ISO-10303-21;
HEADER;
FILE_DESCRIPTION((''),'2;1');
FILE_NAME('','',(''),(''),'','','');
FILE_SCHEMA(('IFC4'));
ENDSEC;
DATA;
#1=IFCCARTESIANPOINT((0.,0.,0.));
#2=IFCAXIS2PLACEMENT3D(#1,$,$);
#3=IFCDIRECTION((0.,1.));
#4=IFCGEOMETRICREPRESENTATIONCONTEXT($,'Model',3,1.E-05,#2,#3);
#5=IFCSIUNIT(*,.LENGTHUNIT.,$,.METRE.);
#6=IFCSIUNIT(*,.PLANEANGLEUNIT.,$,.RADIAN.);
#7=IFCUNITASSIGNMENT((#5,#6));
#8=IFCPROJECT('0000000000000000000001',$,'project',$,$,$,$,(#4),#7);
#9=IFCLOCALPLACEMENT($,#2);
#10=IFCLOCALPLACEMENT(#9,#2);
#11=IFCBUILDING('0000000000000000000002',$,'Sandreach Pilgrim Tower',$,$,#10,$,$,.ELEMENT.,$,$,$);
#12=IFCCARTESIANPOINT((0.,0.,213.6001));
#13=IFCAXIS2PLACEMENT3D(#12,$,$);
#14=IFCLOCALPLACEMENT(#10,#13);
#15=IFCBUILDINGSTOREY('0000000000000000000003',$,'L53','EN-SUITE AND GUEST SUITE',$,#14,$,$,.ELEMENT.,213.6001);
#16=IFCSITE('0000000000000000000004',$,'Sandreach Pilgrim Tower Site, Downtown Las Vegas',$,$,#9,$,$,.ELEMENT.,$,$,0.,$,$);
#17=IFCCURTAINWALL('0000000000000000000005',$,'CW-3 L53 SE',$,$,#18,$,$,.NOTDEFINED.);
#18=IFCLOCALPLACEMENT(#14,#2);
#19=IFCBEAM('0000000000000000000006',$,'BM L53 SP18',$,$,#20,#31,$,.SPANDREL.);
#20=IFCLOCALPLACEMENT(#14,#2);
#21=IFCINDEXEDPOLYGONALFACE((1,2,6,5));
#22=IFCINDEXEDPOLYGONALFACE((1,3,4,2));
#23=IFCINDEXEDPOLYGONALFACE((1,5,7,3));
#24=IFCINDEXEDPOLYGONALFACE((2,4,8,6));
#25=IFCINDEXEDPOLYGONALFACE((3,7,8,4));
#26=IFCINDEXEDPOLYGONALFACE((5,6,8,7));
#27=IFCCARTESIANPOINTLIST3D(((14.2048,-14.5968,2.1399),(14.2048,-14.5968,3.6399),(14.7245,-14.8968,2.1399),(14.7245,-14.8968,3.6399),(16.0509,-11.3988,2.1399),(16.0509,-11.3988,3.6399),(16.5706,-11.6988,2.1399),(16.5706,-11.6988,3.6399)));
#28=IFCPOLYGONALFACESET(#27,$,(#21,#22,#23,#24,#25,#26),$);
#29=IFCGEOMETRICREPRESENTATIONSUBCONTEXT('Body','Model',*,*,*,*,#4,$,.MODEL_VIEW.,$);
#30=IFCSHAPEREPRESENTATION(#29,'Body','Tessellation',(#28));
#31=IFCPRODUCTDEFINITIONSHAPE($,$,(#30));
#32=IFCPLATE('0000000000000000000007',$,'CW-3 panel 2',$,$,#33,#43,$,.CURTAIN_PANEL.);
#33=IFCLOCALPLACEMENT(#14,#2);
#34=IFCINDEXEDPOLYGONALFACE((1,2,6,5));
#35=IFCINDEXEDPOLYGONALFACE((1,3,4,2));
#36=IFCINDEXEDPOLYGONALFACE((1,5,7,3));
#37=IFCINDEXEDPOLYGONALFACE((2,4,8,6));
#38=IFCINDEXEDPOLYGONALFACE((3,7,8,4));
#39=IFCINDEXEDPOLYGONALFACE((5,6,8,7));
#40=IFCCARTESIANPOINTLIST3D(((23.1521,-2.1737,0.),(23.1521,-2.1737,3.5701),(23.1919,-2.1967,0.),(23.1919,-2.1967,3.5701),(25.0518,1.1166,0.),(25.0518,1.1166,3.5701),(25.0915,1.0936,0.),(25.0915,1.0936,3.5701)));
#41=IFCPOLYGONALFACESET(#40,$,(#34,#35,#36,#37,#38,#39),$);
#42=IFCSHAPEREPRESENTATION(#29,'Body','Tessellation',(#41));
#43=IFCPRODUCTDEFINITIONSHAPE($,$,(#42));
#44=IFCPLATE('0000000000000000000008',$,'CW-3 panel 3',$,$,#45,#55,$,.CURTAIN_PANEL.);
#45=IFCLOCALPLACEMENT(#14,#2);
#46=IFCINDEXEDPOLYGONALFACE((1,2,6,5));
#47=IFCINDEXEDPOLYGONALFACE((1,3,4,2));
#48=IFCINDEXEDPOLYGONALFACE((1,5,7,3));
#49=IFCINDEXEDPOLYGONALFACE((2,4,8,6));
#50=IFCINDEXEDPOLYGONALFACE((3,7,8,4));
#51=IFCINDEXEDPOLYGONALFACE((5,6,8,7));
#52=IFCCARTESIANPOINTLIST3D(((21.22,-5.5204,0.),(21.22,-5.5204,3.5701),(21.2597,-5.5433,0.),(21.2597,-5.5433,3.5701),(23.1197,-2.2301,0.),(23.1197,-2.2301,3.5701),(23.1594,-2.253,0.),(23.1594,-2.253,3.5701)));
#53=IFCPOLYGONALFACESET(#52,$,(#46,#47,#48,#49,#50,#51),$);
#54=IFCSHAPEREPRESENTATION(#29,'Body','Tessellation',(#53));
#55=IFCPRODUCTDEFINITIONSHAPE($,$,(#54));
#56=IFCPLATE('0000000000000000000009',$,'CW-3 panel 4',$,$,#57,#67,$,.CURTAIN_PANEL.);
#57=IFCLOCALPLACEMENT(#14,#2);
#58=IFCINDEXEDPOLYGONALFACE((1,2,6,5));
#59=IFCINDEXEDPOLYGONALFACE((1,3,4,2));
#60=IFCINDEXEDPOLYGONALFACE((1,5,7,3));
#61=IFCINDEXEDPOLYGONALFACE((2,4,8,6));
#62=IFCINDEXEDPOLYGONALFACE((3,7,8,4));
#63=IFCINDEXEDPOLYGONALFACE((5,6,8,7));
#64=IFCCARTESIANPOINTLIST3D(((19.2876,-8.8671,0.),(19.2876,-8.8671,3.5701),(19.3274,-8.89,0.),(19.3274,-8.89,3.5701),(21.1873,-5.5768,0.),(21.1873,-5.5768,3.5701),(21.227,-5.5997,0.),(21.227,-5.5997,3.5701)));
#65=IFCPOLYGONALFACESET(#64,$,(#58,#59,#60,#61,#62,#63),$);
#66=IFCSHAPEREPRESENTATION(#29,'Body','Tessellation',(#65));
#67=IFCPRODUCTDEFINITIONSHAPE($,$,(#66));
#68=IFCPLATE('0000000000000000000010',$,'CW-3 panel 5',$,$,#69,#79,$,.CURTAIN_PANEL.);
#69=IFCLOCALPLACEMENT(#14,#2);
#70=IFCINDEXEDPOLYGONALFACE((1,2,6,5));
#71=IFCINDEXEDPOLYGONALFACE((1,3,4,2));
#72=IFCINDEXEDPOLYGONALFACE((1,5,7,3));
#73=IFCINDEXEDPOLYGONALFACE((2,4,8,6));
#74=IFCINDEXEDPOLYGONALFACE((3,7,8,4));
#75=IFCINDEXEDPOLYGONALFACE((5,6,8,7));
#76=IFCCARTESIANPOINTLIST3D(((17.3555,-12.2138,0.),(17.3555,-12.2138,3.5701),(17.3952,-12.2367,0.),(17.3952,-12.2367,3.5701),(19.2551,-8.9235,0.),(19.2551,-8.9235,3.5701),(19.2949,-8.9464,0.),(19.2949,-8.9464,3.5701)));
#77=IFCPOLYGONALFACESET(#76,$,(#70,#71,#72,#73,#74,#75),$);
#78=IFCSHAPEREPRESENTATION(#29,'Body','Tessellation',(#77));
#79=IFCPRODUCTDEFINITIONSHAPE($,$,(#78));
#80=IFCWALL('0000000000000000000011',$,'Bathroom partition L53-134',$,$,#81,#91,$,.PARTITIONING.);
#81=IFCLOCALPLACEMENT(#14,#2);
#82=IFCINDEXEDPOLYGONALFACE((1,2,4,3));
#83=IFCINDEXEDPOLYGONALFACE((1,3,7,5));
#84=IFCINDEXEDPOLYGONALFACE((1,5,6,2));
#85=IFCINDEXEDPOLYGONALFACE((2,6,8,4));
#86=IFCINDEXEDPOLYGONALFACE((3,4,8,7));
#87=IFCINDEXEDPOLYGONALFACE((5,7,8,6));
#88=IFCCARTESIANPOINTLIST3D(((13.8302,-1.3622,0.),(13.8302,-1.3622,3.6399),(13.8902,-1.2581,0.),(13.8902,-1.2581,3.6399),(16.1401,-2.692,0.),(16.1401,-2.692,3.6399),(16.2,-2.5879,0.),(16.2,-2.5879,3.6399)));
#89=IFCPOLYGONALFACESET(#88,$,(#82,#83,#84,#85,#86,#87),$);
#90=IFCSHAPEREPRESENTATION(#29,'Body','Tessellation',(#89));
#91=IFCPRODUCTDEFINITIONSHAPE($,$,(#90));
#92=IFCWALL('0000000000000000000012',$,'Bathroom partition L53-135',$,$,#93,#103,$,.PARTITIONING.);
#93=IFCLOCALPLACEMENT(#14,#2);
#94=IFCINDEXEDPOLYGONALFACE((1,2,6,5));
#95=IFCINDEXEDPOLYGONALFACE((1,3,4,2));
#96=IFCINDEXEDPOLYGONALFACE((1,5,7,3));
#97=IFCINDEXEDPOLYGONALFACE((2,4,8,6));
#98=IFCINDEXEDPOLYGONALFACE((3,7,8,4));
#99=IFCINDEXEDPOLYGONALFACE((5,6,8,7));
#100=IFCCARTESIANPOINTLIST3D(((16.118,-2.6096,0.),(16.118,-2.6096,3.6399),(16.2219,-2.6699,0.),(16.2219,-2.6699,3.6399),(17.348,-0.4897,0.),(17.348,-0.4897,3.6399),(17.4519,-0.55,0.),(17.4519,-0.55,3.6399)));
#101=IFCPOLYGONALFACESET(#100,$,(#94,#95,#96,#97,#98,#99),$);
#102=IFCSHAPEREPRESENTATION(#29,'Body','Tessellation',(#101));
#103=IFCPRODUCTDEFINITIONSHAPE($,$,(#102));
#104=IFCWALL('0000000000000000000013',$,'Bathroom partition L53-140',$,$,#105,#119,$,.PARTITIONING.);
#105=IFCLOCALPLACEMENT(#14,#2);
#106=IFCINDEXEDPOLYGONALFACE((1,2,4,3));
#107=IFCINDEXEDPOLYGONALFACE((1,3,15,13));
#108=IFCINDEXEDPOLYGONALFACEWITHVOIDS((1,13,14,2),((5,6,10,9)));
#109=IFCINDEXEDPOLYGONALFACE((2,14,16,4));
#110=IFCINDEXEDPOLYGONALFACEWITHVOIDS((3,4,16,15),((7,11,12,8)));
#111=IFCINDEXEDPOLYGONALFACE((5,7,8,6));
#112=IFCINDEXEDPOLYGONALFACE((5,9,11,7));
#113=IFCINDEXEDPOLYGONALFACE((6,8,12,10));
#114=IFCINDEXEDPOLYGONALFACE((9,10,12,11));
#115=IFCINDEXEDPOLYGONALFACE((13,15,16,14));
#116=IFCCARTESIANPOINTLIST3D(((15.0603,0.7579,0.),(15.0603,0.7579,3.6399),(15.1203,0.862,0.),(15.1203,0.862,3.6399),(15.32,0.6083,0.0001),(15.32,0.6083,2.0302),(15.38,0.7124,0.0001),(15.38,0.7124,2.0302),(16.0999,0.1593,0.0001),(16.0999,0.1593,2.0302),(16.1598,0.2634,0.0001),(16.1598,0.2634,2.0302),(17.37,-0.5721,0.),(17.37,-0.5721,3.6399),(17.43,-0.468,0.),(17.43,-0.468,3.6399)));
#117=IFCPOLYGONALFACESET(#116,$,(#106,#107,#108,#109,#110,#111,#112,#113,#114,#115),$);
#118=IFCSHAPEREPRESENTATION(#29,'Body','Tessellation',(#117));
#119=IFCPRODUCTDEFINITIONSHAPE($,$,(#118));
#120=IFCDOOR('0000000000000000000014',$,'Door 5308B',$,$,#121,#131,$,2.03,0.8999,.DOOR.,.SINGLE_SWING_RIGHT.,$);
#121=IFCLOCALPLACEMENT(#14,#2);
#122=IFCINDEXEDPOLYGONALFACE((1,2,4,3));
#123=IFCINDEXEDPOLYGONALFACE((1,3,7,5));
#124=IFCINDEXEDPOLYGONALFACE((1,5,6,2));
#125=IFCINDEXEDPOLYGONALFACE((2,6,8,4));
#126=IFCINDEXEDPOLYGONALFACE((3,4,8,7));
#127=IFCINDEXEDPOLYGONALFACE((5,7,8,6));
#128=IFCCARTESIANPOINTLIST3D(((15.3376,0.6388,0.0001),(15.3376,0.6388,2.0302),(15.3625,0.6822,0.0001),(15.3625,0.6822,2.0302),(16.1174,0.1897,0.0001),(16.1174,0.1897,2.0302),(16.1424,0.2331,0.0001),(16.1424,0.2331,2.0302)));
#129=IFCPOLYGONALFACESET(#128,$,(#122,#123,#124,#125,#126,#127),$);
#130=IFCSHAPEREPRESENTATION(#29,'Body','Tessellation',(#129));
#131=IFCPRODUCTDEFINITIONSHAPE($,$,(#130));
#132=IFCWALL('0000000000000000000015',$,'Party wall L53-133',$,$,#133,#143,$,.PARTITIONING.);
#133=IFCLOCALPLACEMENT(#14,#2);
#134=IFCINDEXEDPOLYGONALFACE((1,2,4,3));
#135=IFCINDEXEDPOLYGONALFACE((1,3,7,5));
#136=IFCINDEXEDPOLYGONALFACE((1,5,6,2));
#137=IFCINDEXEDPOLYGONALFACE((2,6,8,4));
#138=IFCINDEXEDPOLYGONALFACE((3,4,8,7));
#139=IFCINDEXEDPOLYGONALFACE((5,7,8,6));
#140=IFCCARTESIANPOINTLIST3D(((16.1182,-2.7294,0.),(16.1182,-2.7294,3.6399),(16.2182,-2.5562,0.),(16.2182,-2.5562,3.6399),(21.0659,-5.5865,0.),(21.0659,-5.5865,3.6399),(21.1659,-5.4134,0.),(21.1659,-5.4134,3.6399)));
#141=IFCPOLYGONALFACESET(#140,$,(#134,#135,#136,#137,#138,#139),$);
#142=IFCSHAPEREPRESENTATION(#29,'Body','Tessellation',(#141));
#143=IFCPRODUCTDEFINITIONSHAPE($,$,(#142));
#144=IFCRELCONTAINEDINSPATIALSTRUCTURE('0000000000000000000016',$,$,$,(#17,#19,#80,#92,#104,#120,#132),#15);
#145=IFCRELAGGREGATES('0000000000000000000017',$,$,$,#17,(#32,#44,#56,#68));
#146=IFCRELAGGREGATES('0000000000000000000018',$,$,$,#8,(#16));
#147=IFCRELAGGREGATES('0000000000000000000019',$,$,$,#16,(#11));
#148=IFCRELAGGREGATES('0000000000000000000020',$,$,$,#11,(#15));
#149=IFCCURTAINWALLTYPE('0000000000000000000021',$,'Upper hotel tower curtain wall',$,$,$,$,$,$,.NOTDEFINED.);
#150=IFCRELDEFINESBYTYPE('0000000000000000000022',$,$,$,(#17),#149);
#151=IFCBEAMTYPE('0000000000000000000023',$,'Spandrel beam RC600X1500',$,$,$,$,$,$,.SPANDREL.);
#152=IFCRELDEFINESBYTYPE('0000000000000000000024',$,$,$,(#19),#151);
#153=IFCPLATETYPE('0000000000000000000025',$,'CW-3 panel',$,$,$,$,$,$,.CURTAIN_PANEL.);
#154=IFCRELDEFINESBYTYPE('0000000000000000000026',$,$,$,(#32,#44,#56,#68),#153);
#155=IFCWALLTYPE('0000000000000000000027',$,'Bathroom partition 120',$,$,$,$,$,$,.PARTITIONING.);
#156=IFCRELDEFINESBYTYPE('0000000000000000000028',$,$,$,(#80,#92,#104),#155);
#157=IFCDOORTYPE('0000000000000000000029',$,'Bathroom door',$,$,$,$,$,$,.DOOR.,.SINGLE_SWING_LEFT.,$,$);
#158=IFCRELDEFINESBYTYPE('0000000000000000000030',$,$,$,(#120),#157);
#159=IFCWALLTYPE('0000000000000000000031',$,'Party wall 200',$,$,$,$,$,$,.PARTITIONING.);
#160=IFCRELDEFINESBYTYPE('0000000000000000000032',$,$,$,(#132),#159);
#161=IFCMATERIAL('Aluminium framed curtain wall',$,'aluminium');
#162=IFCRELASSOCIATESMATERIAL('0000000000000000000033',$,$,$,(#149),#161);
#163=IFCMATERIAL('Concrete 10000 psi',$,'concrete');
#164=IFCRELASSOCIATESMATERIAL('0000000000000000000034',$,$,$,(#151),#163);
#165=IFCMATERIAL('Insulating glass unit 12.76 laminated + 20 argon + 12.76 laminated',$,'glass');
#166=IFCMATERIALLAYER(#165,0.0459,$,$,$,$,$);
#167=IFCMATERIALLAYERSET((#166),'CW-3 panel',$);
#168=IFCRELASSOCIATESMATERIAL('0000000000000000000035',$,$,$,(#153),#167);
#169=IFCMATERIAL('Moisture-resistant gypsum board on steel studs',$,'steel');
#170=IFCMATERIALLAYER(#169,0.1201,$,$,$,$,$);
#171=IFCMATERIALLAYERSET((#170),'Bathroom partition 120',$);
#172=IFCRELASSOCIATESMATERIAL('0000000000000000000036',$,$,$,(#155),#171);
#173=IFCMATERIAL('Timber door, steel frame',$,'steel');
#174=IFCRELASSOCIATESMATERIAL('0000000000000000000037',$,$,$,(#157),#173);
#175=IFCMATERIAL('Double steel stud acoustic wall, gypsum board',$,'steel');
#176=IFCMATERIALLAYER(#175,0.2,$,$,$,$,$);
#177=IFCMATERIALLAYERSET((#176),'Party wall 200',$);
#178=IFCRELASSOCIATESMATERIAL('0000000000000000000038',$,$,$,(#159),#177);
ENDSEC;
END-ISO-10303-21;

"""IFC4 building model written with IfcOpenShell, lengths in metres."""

from ifc_helpers import new_model, si_unit, direction, frame, frame_2d, origin, origin_2d, place, context, subcontext, project, spatial, rectangle, extrude, material, layer, layer_set, material_profile, profile_set, type_object, element, fill, aggregate, save


model = new_model("IFC4")

# Units and contexts
model_context = context("Model", 3, precision=1e-05, world=origin(), true_north=direction((0.0, 1.0)))
body_context = subcontext(model_context, "Body", "Model", "MODEL_VIEW")
ifc_project = project(units=[si_unit("LENGTHUNIT", "METRE"), si_unit("PLANEANGLEUNIT", "RADIAN")], contexts=[model_context])

# Site, building, storey
site_placement = place(None, origin())
site = spatial("IfcSite", under=ifc_project, at=site_placement, Name="Sandreach Pilgrim Tower Site, Downtown Las Vegas", CompositionType="ELEMENT", RefElevation=0.0)
building_placement = place(site_placement, origin())
building = spatial("IfcBuilding", under=site, at=building_placement, Name="Sandreach Pilgrim Tower", CompositionType="ELEMENT")
storey_placement = place(building_placement, frame((0.0, 0.0, 213.6001)))
storey = spatial("IfcBuildingStorey", under=building, at=storey_placement, Name="L53", Description="EN-SUITE AND GUEST SUITE", CompositionType="ELEMENT", Elevation=213.6001)

# Curtain wall
ifc_material_1 = material(Name="Aluminium framed curtain wall", Category="aluminium")
curtain_wall_type = type_object("IfcCurtainWallType", Name="Upper hotel tower curtain wall", PredefinedType="NOTDEFINED", material=ifc_material_1)
curtain_wall_placement = place(storey_placement, origin())
curtain_wall = element("IfcCurtainWall", 1, at=curtain_wall_placement, inside=storey, type_object=curtain_wall_type, Name="CW-3 L53 SE", PredefinedType="NOTDEFINED")

# Beam
ifc_material_2 = material(Name="Concrete 10000 psi", Category="concrete")
ifc_material_profile_1 = material_profile(ifc_material_2, rectangle(XDim=0.6001, YDim=1.5, at=origin_2d()), Name="RC600X1500")
ifc_profile_set_1 = profile_set([ifc_material_profile_1], Name="Concrete 10000 psi")
beam_type_1 = type_object("IfcBeamType", Name="Spandrel beam RC600X1500", PredefinedType="SPANDREL", material=ifc_profile_set_1)
for number, where, z_axis, x_axis, name in (
    (2, (16.3108, -11.5488, 2.8899), (-0.499965, -0.866046, 0.0), (0.866046, -0.499965, 0.0), "BM L53 SP18"),
):
    element("IfcBeam", number, at=place(storey_placement, frame(where, z_axis=z_axis, x_axis=x_axis)), inside=storey, type_object=beam_type_1, Name=name, PredefinedType="SPANDREL", context=body_context, shape_type="SweptSolid", body=[
        extrude(rectangle(XDim=0.6001, YDim=1.5, at=origin_2d()), origin(), (0.0, 0.0, 1.0), 3.6926),
    ])

# Plates
ifc_material_3 = material(Name="Insulating glass unit 12.76 laminated + 20 argon + 12.76 laminated", Category="glass")
ifc_layer_1 = layer(ifc_material_3, 0.0459)
ifc_layer_set_1 = layer_set([ifc_layer_1], Name="CW-3 panel")
plate_type = type_object("IfcPlateType", Name="CW-3 panel", PredefinedType="CURTAIN_PANEL", material=ifc_layer_set_1)
plate_1_placement = place(storey_placement, frame((24.1218, -0.54, 0.0), z_axis=(0.0, 0.0, 1.0), x_axis=(-0.5, -0.866025, 0.0)))
plate_1 = element("IfcPlate", 3, at=plate_1_placement, type_object=plate_type, Name="CW-3 panel 2", PredefinedType="CURTAIN_PANEL", context=body_context, shape_type="SweptSolid", body=[
    extrude(rectangle(XDim=3.7993, YDim=0.0459, at=origin_2d()), origin(), (0.0, 0.0, 1.0), 3.5701),
])
plate_2_placement = place(storey_placement, frame((22.1897, -3.8867, 0.0), z_axis=(0.0, 0.0, 1.0), x_axis=(-0.5, -0.866025, 0.0)))
plate_2 = element("IfcPlate", 4, at=plate_2_placement, type_object=plate_type, Name="CW-3 panel 3", PredefinedType="CURTAIN_PANEL", context=body_context, shape_type="SweptSolid", body=[
    extrude(rectangle(XDim=3.7993, YDim=0.0459, at=origin_2d()), origin(), (0.0, 0.0, 1.0), 3.5701),
])
plate_3_placement = place(storey_placement, frame((20.2573, -7.2334, 0.0), z_axis=(0.0, 0.0, 1.0), x_axis=(-0.5, -0.866025, 0.0)))
plate_3 = element("IfcPlate", 5, at=plate_3_placement, type_object=plate_type, Name="CW-3 panel 4", PredefinedType="CURTAIN_PANEL", context=body_context, shape_type="SweptSolid", body=[
    extrude(rectangle(XDim=3.7993, YDim=0.0459, at=origin_2d()), origin(), (0.0, 0.0, 1.0), 3.5701),
])
plate_4_placement = place(storey_placement, frame((18.3252, -10.5801, 0.0), z_axis=(0.0, 0.0, 1.0), x_axis=(-0.5, -0.866025, 0.0)))
plate_4 = element("IfcPlate", 6, at=plate_4_placement, type_object=plate_type, Name="CW-3 panel 5", PredefinedType="CURTAIN_PANEL", context=body_context, shape_type="SweptSolid", body=[
    extrude(rectangle(XDim=3.7993, YDim=0.0459, at=origin_2d()), origin(), (0.0, 0.0, 1.0), 3.5701),
])
aggregate(curtain_wall, [plate_1, plate_2, plate_3, plate_4])

# Walls
ifc_material_4 = material(Name="Moisture-resistant gypsum board on steel studs", Category="steel")
ifc_layer_2 = layer(ifc_material_4, 0.1201)
ifc_layer_set_2 = layer_set([ifc_layer_2], Name="Bathroom partition 120")
wall_type_1 = type_object("IfcWallType", Name="Bathroom partition 120", PredefinedType="PARTITIONING", material=ifc_layer_set_2)
wall_1_placement = place(storey_placement, frame((16.1699, -2.6399, 0.0), z_axis=(0.0, 0.0, 1.0), x_axis=(-0.866632, 0.498948, 0.0)))
element("IfcWall", 7, at=wall_1_placement, inside=storey, type_object=wall_type_1, Name="Bathroom partition L53-134", PredefinedType="PARTITIONING", context=body_context, shape_type="SweptSolid", body=[
    extrude(rectangle(XDim=2.6653, YDim=0.1201, at=frame_2d((1.3325, 0.0))), origin(), (0.0, 0.0, 1.0), 3.6399),
])
wall_2_placement = place(storey_placement, frame((16.1699, -2.6399, 0.0), z_axis=(0.0, 0.0, 1.0), x_axis=(0.501857, 0.864951, 0.0)))
element("IfcWall", 8, at=wall_2_placement, inside=storey, type_object=wall_type_1, Name="Bathroom partition L53-135", PredefinedType="PARTITIONING", context=body_context, shape_type="SweptSolid", body=[
    extrude(rectangle(XDim=2.4509, YDim=0.1201, at=frame_2d((1.2256, 0.0))), origin(), (0.0, 0.0, 1.0), 3.6399),
])

# Wall, opening, door
wall_3_placement = place(storey_placement, frame((17.3999, -0.52, 0.0), z_axis=(0.0, 0.0, 1.0), x_axis=(-0.866592, 0.499017, 0.0)))
wall_3 = element("IfcWall", 9, at=wall_3_placement, inside=storey, type_object=wall_type_1, Name="Bathroom partition L53-140", PredefinedType="PARTITIONING", context=body_context, shape_type="SweptSolid", body=[
    extrude(rectangle(XDim=2.6653, YDim=0.1201, at=frame_2d((1.3325, 0.0))), origin(), (0.0, 0.0, 1.0), 3.6399),
])
opening_placement = place(wall_3_placement, frame((1.4656, 0.0, 0.0)))
opening = element("IfcOpeningElement", 10, at=opening_placement, cuts=wall_3, PredefinedType="OPENING", context=body_context, shape_type="SweptSolid", body=[
    extrude(rectangle(XDim=0.8999, YDim=2.03, at=frame_2d((0.45, 1.0151))), frame((0.0, 0.0601, 0.0), z_axis=(0.0, -1.0, 0.0), x_axis=(1.0, 0.0, 0.0)), (0.0, 0.0, 1.0), 0.1201),
])
ifc_material_5 = material(Name="Timber door, steel frame", Category="steel")
door_type = type_object("IfcDoorType", Name="Bathroom door", OperationType="SINGLE_SWING_LEFT", PredefinedType="DOOR", material=ifc_material_5)
door_placement = place(opening_placement, origin())
door = element("IfcDoor", 11, at=door_placement, inside=storey, type_object=door_type, Name="Door 5308B", OperationType="SINGLE_SWING_RIGHT", OverallHeight=2.03, OverallWidth=0.8999, PredefinedType="DOOR", context=body_context, shape_type="SweptSolid", body=[
    extrude(rectangle(XDim=0.8999, YDim=2.03, at=frame_2d((0.45, 1.0151))), frame((0.0, 0.0249, 0.0), z_axis=(0.0, -1.0, 0.0), x_axis=(1.0, 0.0, 0.0)), (0.0, 0.0, 1.0), 0.05),
])
fill(opening, door)

# Wall
ifc_material_6 = material(Name="Double steel stud acoustic wall, gypsum board", Category="steel")
ifc_layer_3 = layer(ifc_material_6, 0.2)
ifc_layer_set_3 = layer_set([ifc_layer_3], Name="Party wall 200")
wall_type_2 = type_object("IfcWallType", Name="Party wall 200", PredefinedType="PARTITIONING", material=ifc_layer_set_3)
wall_4_placement = place(storey_placement, frame((16.1682, -2.6428, 0.0), z_axis=(0.0, 0.0, 1.0), x_axis=(0.865981, -0.500078, 0.0)))
element("IfcWall", 12, at=wall_4_placement, inside=storey, type_object=wall_type_2, Name="Party wall L53-133", PredefinedType="PARTITIONING", context=body_context, shape_type="SweptSolid", body=[
    extrude(rectangle(XDim=5.7134, YDim=0.2, at=frame_2d((2.8567, 0.0))), origin(), (0.0, 0.0, 1.0), 3.6399),
])

save(model, "model.ifc")
